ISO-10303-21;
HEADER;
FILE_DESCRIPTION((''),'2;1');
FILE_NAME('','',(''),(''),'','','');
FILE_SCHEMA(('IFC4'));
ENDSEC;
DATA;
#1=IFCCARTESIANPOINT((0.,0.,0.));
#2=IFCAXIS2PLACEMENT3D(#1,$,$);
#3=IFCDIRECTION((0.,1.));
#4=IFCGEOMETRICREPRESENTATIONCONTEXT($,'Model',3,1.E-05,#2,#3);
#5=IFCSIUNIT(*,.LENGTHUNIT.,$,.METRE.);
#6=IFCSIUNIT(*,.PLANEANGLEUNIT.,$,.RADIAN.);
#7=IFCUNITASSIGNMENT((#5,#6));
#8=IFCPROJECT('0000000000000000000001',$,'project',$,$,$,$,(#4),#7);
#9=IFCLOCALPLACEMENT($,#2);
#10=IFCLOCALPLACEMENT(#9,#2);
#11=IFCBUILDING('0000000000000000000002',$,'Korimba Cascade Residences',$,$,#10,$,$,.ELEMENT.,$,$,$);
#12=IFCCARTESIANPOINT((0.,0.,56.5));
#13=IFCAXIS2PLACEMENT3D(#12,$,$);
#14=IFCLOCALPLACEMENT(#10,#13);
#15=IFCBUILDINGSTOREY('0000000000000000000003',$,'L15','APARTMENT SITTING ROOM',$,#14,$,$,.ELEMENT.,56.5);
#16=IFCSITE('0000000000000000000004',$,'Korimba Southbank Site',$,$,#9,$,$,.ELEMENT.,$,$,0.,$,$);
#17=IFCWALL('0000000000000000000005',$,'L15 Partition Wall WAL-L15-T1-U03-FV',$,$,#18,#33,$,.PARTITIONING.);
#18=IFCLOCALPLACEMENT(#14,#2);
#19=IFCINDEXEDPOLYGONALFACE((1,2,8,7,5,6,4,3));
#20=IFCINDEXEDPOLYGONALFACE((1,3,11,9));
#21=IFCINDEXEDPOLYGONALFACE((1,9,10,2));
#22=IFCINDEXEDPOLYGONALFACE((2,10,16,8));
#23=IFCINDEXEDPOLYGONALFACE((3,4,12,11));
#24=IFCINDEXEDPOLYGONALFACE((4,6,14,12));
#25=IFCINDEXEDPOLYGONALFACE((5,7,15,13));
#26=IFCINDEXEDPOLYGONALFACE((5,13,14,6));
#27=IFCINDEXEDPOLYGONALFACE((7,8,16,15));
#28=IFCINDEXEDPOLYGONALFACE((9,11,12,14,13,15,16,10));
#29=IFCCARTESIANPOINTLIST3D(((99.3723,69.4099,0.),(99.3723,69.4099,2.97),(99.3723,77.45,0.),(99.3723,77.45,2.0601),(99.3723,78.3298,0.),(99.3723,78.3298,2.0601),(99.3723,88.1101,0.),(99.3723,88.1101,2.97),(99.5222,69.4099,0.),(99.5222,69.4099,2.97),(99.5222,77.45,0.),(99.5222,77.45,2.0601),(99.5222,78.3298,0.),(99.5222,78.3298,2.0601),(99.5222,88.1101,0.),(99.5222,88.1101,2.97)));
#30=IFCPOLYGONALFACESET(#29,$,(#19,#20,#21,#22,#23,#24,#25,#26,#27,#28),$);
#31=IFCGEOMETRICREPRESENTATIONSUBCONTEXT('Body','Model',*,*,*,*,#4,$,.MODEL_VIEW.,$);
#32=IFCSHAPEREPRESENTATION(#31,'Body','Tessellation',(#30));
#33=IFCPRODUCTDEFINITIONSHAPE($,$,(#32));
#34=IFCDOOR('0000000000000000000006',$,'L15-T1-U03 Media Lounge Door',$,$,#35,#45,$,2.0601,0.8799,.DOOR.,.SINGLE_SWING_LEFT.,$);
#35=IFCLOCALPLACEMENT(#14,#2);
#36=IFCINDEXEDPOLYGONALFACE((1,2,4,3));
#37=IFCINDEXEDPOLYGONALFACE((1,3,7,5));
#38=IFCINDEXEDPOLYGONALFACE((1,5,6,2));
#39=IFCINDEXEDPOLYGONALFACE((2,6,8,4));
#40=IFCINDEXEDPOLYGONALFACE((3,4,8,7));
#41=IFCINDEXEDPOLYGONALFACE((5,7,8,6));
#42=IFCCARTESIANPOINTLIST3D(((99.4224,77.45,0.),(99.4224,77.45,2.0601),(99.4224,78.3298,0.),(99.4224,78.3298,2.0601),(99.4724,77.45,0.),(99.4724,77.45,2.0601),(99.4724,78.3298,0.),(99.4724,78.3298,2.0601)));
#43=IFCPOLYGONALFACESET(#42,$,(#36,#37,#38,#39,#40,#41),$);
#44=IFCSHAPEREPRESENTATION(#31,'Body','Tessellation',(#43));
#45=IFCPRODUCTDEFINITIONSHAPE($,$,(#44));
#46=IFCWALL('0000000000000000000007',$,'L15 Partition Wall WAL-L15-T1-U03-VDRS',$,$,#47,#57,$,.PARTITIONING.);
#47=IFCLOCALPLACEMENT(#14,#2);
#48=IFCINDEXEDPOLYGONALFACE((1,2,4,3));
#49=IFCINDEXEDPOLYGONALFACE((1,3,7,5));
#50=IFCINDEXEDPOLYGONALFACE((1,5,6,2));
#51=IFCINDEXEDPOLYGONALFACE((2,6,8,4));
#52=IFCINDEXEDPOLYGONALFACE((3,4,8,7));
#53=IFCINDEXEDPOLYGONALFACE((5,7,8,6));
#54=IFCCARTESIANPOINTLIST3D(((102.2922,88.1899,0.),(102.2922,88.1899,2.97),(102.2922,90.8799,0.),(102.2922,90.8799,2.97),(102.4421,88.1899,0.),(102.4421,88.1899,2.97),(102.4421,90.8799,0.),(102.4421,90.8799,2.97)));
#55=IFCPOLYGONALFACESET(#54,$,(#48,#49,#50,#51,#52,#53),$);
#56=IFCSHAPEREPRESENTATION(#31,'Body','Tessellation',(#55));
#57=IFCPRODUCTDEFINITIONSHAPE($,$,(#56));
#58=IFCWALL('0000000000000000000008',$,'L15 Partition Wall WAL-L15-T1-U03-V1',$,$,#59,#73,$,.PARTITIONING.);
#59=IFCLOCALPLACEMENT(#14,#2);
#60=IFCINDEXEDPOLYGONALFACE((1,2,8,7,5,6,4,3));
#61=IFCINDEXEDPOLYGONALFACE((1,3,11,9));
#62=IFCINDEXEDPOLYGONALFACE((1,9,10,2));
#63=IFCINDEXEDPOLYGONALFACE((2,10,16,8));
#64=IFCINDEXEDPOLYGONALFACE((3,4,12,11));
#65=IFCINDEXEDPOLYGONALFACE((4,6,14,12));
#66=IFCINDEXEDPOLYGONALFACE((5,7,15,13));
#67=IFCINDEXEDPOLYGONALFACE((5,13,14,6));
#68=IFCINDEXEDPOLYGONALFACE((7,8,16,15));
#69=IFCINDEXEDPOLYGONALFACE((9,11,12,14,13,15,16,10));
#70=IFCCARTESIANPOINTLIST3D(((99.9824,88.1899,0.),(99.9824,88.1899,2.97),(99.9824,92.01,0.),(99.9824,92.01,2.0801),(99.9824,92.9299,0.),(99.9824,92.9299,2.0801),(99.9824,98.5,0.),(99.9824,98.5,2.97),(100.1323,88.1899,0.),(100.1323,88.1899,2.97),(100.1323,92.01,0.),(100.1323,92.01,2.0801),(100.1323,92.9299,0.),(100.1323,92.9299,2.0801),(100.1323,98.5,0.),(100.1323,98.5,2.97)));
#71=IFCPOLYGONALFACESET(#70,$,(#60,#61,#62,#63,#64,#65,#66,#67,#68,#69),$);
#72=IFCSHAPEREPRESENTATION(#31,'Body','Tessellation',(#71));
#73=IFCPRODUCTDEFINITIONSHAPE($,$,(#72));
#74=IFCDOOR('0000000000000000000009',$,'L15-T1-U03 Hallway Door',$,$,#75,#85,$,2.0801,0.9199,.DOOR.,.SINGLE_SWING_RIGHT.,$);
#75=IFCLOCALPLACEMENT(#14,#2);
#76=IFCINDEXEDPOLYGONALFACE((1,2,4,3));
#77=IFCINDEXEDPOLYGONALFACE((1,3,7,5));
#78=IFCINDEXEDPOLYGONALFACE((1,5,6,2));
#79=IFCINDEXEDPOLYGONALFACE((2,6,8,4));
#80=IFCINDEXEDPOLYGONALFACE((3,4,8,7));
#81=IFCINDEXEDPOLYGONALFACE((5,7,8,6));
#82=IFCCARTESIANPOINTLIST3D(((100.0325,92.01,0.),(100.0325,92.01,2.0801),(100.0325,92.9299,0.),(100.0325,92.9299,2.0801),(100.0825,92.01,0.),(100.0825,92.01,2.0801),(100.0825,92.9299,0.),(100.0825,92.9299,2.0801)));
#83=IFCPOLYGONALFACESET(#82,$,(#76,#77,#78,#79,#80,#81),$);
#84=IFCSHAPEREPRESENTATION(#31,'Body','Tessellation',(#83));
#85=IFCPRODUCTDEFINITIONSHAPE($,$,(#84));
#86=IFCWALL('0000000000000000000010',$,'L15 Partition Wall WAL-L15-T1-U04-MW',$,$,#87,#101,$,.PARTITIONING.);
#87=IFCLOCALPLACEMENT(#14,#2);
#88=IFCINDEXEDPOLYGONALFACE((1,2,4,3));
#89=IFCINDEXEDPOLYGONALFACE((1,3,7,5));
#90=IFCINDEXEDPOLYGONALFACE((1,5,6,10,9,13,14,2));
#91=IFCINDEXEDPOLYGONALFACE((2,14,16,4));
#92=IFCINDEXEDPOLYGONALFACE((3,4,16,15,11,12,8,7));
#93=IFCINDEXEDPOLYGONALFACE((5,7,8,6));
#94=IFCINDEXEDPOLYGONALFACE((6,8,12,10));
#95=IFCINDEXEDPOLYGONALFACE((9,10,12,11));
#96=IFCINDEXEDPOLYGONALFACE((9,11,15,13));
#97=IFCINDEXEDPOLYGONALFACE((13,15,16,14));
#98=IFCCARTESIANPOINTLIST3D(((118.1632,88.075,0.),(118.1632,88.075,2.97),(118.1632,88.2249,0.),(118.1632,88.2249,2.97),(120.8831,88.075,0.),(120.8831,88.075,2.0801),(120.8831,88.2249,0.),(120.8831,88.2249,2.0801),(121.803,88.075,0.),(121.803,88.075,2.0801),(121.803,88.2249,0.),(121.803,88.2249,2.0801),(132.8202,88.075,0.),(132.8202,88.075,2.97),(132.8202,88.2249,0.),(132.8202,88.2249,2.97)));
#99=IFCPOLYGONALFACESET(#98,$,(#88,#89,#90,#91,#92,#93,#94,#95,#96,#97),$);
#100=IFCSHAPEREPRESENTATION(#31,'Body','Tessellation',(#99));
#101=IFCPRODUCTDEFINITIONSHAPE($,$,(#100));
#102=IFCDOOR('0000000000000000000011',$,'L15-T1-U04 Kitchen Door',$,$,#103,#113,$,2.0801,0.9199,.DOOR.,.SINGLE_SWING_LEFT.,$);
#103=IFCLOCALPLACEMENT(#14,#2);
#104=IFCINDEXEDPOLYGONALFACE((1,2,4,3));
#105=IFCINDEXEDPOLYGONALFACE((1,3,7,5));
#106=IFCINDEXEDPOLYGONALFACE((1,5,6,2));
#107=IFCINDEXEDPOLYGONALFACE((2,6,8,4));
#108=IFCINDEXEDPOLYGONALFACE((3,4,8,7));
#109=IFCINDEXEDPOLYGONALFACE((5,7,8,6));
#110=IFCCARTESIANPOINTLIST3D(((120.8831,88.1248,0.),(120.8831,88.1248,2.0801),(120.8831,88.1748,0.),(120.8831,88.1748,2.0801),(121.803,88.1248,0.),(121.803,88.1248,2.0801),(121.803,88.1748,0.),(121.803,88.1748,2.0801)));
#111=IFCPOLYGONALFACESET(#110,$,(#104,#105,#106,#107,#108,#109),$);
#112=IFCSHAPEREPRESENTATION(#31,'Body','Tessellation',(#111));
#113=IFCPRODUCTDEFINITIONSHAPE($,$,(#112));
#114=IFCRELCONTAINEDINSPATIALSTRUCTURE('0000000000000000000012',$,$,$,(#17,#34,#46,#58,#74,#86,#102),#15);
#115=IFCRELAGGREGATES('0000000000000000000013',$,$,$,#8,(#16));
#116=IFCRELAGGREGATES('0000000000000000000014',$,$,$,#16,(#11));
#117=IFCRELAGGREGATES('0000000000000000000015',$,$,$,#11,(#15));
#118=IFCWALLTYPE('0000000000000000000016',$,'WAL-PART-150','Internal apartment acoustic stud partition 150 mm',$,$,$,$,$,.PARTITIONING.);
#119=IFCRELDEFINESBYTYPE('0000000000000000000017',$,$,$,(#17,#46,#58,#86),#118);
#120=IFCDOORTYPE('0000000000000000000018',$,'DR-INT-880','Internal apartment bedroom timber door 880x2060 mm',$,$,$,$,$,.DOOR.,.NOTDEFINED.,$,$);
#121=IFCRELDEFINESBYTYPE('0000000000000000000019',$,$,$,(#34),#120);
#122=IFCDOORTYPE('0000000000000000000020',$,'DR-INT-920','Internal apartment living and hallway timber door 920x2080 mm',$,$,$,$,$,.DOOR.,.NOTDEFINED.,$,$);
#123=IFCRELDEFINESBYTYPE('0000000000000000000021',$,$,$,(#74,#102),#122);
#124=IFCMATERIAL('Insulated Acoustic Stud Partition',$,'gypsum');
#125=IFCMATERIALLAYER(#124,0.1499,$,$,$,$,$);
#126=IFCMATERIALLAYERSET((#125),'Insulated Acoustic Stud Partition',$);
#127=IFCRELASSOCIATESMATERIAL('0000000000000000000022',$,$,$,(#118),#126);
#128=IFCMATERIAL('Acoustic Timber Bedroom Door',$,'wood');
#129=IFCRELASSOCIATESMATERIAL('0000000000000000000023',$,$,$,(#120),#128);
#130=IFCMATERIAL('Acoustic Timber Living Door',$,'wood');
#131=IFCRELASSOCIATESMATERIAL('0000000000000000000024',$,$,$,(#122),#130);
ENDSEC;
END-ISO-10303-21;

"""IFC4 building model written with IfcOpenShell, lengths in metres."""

from ifc_helpers import new_model, si_unit, direction, frame, frame_2d, origin, place, context, subcontext, project, spatial, rectangle, extrude, material, layer, layer_set, type_object, element, fill, save


model = new_model("IFC4")

# Units and contexts
model_context = context("Model", 3, precision=1e-05, world=origin(), true_north=direction((0.0, 1.0)))
body_context = subcontext(model_context, "Body", "Model", "MODEL_VIEW")
ifc_project = project(units=[si_unit("LENGTHUNIT", "METRE"), si_unit("PLANEANGLEUNIT", "RADIAN")], contexts=[model_context])

# Site, building, storey
site_placement = place(None, origin())
site = spatial("IfcSite", under=ifc_project, at=site_placement, Name="Korimba Southbank Site", CompositionType="ELEMENT", RefElevation=0.0)
building_placement = place(site_placement, origin())
building = spatial("IfcBuilding", under=site, at=building_placement, Name="Korimba Cascade Residences", CompositionType="ELEMENT")
storey_placement = place(building_placement, frame((0.0, 0.0, 56.5)))
storey = spatial("IfcBuildingStorey", under=building, at=storey_placement, Name="L15", Description="APARTMENT SITTING ROOM", CompositionType="ELEMENT", Elevation=56.5)

# Shared definitions
ifc_material_1 = material(Name="Insulated Acoustic Stud Partition", Category="gypsum")
ifc_layer_1 = layer(ifc_material_1, 0.1499)
ifc_layer_set_1 = layer_set([ifc_layer_1], Name="Insulated Acoustic Stud Partition")
wall_type_1 = type_object("IfcWallType", Name="WAL-PART-150", Description="Internal apartment acoustic stud partition 150 mm", PredefinedType="PARTITIONING", material=ifc_layer_set_1)
ifc_material_2 = material(Name="Acoustic Timber Bedroom Door", Category="wood")
door_type_1 = type_object("IfcDoorType", Name="DR-INT-880", Description="Internal apartment bedroom timber door 880x2060 mm", OperationType="NOTDEFINED", PredefinedType="DOOR", material=ifc_material_2)

# Wall, opening, door
wall_1_placement = place(storey_placement, frame((99.4473, 69.4099, 0.0), z_axis=(0.0, 0.0, 1.0), x_axis=(0.0, 1.0, 0.0)))
wall_1 = element("IfcWall", 1, at=wall_1_placement, inside=storey, type_object=wall_type_1, Name="L15 Partition Wall WAL-L15-T1-U03-FV", PredefinedType="PARTITIONING", context=body_context, shape_type="SweptSolid", body=[
    extrude(rectangle(XDim=18.7002, YDim=0.1499, at=frame_2d((9.3501, 0.0))), origin(), (0.0, 0.0, 1.0), 2.97),
])
opening_1_placement = place(wall_1_placement, frame((8.04, 0.0, 0.0)))
opening_1 = element("IfcOpeningElement", 2, at=opening_1_placement, cuts=wall_1, PredefinedType="OPENING", context=body_context, shape_type="SweptSolid", body=[
    extrude(rectangle(XDim=0.8799, YDim=2.0601, at=frame_2d((0.4399, 1.03))), frame((0.0, 0.085, 0.0), z_axis=(0.0, -1.0, 0.0), x_axis=(1.0, 0.0, 0.0)), (0.0, 0.0, 1.0), 0.1699),
])
door_1_placement = place(opening_1_placement, origin())
door_1 = element("IfcDoor", 3, at=door_1_placement, inside=storey, type_object=door_type_1, Name="L15-T1-U03 Media Lounge Door", OperationType="SINGLE_SWING_LEFT", OverallHeight=2.0601, OverallWidth=0.8799, PredefinedType="DOOR", context=body_context, shape_type="SweptSolid", body=[
    extrude(rectangle(XDim=0.8799, YDim=2.0601, at=frame_2d((0.4399, 1.03))), frame((0.0, 0.0249, 0.0), z_axis=(0.0, -1.0, 0.0), x_axis=(1.0, 0.0, 0.0)), (0.0, 0.0, 1.0), 0.05),
])
fill(opening_1, door_1)

# Wall
wall_2_placement = place(storey_placement, frame((102.3672, 88.1899, 0.0), z_axis=(0.0, 0.0, 1.0), x_axis=(0.0, 1.0, 0.0)))
element("IfcWall", 4, at=wall_2_placement, inside=storey, type_object=wall_type_1, Name="L15 Partition Wall WAL-L15-T1-U03-VDRS", PredefinedType="PARTITIONING", context=body_context, shape_type="SweptSolid", body=[
    extrude(rectangle(XDim=2.6899, YDim=0.1499, at=frame_2d((1.345, 0.0))), origin(), (0.0, 0.0, 1.0), 2.97),
])

# Walls, openings, doors
wall_3_placement = place(storey_placement, frame((100.0574, 88.1899, 0.0), z_axis=(0.0, 0.0, 1.0), x_axis=(0.0, 1.0, 0.0)))
wall_3 = element("IfcWall", 5, at=wall_3_placement, inside=storey, type_object=wall_type_1, Name="L15 Partition Wall WAL-L15-T1-U03-V1", PredefinedType="PARTITIONING", context=body_context, shape_type="SweptSolid", body=[
    extrude(rectangle(XDim=10.3101, YDim=0.1499, at=frame_2d((5.155, 0.0))), origin(), (0.0, 0.0, 1.0), 2.97),
])
opening_2_placement = place(wall_3_placement, frame((3.8201, 0.0, 0.0)))
opening_2 = element("IfcOpeningElement", 6, at=opening_2_placement, cuts=wall_3, PredefinedType="OPENING", context=body_context, shape_type="SweptSolid", body=[
    extrude(rectangle(XDim=0.9199, YDim=2.0801, at=frame_2d((0.46, 1.04))), frame((0.0, 0.085, 0.0), z_axis=(0.0, -1.0, 0.0), x_axis=(1.0, 0.0, 0.0)), (0.0, 0.0, 1.0), 0.1699),
])
ifc_material_3 = material(Name="Acoustic Timber Living Door", Category="wood")
door_type_2 = type_object("IfcDoorType", Name="DR-INT-920", Description="Internal apartment living and hallway timber door 920x2080 mm", OperationType="NOTDEFINED", PredefinedType="DOOR", material=ifc_material_3)
door_2_placement = place(opening_2_placement, origin())
door_2 = element("IfcDoor", 7, at=door_2_placement, inside=storey, type_object=door_type_2, Name="L15-T1-U03 Hallway Door", OperationType="SINGLE_SWING_RIGHT", OverallHeight=2.0801, OverallWidth=0.9199, PredefinedType="DOOR", context=body_context, shape_type="SweptSolid", body=[
    extrude(rectangle(XDim=0.9199, YDim=2.0801, at=frame_2d((0.46, 1.04))), frame((0.0, 0.0249, 0.0), z_axis=(0.0, -1.0, 0.0), x_axis=(1.0, 0.0, 0.0)), (0.0, 0.0, 1.0), 0.05),
])
fill(opening_2, door_2)
wall_4_placement = place(storey_placement, frame((118.1631, 88.1499, 0.0), z_axis=(0.0, 0.0, 1.0), x_axis=(1.0, 0.0, 0.0)))
wall_4 = element("IfcWall", 8, at=wall_4_placement, inside=storey, type_object=wall_type_1, Name="L15 Partition Wall WAL-L15-T1-U04-MW", PredefinedType="PARTITIONING", context=body_context, shape_type="SweptSolid", body=[
    extrude(rectangle(XDim=14.657, YDim=0.1499, at=frame_2d((7.3286, 0.0))), origin(), (0.0, 0.0, 1.0), 2.97),
])
opening_3_placement = place(wall_4_placement, frame((2.72, 0.0, 0.0)))
opening_3 = element("IfcOpeningElement", 9, at=opening_3_placement, cuts=wall_4, PredefinedType="OPENING", context=body_context, shape_type="SweptSolid", body=[
    extrude(rectangle(XDim=0.9199, YDim=2.0801, at=frame_2d((0.46, 1.04))), frame((0.0, 0.085, 0.0), z_axis=(0.0, -1.0, 0.0), x_axis=(1.0, 0.0, 0.0)), (0.0, 0.0, 1.0), 0.1699),
])
door_3_placement = place(opening_3_placement, origin())
door_3 = element("IfcDoor", 10, at=door_3_placement, inside=storey, type_object=door_type_2, Name="L15-T1-U04 Kitchen Door", OperationType="SINGLE_SWING_LEFT", OverallHeight=2.0801, OverallWidth=0.9199, PredefinedType="DOOR", context=body_context, shape_type="SweptSolid", body=[
    extrude(rectangle(XDim=0.9199, YDim=2.0801, at=frame_2d((0.46, 1.04))), frame((0.0, 0.0249, 0.0), z_axis=(0.0, -1.0, 0.0), x_axis=(1.0, 0.0, 0.0)), (0.0, 0.0, 1.0), 0.05),
])
fill(opening_3, door_3)

save(model, "model.ifc")
